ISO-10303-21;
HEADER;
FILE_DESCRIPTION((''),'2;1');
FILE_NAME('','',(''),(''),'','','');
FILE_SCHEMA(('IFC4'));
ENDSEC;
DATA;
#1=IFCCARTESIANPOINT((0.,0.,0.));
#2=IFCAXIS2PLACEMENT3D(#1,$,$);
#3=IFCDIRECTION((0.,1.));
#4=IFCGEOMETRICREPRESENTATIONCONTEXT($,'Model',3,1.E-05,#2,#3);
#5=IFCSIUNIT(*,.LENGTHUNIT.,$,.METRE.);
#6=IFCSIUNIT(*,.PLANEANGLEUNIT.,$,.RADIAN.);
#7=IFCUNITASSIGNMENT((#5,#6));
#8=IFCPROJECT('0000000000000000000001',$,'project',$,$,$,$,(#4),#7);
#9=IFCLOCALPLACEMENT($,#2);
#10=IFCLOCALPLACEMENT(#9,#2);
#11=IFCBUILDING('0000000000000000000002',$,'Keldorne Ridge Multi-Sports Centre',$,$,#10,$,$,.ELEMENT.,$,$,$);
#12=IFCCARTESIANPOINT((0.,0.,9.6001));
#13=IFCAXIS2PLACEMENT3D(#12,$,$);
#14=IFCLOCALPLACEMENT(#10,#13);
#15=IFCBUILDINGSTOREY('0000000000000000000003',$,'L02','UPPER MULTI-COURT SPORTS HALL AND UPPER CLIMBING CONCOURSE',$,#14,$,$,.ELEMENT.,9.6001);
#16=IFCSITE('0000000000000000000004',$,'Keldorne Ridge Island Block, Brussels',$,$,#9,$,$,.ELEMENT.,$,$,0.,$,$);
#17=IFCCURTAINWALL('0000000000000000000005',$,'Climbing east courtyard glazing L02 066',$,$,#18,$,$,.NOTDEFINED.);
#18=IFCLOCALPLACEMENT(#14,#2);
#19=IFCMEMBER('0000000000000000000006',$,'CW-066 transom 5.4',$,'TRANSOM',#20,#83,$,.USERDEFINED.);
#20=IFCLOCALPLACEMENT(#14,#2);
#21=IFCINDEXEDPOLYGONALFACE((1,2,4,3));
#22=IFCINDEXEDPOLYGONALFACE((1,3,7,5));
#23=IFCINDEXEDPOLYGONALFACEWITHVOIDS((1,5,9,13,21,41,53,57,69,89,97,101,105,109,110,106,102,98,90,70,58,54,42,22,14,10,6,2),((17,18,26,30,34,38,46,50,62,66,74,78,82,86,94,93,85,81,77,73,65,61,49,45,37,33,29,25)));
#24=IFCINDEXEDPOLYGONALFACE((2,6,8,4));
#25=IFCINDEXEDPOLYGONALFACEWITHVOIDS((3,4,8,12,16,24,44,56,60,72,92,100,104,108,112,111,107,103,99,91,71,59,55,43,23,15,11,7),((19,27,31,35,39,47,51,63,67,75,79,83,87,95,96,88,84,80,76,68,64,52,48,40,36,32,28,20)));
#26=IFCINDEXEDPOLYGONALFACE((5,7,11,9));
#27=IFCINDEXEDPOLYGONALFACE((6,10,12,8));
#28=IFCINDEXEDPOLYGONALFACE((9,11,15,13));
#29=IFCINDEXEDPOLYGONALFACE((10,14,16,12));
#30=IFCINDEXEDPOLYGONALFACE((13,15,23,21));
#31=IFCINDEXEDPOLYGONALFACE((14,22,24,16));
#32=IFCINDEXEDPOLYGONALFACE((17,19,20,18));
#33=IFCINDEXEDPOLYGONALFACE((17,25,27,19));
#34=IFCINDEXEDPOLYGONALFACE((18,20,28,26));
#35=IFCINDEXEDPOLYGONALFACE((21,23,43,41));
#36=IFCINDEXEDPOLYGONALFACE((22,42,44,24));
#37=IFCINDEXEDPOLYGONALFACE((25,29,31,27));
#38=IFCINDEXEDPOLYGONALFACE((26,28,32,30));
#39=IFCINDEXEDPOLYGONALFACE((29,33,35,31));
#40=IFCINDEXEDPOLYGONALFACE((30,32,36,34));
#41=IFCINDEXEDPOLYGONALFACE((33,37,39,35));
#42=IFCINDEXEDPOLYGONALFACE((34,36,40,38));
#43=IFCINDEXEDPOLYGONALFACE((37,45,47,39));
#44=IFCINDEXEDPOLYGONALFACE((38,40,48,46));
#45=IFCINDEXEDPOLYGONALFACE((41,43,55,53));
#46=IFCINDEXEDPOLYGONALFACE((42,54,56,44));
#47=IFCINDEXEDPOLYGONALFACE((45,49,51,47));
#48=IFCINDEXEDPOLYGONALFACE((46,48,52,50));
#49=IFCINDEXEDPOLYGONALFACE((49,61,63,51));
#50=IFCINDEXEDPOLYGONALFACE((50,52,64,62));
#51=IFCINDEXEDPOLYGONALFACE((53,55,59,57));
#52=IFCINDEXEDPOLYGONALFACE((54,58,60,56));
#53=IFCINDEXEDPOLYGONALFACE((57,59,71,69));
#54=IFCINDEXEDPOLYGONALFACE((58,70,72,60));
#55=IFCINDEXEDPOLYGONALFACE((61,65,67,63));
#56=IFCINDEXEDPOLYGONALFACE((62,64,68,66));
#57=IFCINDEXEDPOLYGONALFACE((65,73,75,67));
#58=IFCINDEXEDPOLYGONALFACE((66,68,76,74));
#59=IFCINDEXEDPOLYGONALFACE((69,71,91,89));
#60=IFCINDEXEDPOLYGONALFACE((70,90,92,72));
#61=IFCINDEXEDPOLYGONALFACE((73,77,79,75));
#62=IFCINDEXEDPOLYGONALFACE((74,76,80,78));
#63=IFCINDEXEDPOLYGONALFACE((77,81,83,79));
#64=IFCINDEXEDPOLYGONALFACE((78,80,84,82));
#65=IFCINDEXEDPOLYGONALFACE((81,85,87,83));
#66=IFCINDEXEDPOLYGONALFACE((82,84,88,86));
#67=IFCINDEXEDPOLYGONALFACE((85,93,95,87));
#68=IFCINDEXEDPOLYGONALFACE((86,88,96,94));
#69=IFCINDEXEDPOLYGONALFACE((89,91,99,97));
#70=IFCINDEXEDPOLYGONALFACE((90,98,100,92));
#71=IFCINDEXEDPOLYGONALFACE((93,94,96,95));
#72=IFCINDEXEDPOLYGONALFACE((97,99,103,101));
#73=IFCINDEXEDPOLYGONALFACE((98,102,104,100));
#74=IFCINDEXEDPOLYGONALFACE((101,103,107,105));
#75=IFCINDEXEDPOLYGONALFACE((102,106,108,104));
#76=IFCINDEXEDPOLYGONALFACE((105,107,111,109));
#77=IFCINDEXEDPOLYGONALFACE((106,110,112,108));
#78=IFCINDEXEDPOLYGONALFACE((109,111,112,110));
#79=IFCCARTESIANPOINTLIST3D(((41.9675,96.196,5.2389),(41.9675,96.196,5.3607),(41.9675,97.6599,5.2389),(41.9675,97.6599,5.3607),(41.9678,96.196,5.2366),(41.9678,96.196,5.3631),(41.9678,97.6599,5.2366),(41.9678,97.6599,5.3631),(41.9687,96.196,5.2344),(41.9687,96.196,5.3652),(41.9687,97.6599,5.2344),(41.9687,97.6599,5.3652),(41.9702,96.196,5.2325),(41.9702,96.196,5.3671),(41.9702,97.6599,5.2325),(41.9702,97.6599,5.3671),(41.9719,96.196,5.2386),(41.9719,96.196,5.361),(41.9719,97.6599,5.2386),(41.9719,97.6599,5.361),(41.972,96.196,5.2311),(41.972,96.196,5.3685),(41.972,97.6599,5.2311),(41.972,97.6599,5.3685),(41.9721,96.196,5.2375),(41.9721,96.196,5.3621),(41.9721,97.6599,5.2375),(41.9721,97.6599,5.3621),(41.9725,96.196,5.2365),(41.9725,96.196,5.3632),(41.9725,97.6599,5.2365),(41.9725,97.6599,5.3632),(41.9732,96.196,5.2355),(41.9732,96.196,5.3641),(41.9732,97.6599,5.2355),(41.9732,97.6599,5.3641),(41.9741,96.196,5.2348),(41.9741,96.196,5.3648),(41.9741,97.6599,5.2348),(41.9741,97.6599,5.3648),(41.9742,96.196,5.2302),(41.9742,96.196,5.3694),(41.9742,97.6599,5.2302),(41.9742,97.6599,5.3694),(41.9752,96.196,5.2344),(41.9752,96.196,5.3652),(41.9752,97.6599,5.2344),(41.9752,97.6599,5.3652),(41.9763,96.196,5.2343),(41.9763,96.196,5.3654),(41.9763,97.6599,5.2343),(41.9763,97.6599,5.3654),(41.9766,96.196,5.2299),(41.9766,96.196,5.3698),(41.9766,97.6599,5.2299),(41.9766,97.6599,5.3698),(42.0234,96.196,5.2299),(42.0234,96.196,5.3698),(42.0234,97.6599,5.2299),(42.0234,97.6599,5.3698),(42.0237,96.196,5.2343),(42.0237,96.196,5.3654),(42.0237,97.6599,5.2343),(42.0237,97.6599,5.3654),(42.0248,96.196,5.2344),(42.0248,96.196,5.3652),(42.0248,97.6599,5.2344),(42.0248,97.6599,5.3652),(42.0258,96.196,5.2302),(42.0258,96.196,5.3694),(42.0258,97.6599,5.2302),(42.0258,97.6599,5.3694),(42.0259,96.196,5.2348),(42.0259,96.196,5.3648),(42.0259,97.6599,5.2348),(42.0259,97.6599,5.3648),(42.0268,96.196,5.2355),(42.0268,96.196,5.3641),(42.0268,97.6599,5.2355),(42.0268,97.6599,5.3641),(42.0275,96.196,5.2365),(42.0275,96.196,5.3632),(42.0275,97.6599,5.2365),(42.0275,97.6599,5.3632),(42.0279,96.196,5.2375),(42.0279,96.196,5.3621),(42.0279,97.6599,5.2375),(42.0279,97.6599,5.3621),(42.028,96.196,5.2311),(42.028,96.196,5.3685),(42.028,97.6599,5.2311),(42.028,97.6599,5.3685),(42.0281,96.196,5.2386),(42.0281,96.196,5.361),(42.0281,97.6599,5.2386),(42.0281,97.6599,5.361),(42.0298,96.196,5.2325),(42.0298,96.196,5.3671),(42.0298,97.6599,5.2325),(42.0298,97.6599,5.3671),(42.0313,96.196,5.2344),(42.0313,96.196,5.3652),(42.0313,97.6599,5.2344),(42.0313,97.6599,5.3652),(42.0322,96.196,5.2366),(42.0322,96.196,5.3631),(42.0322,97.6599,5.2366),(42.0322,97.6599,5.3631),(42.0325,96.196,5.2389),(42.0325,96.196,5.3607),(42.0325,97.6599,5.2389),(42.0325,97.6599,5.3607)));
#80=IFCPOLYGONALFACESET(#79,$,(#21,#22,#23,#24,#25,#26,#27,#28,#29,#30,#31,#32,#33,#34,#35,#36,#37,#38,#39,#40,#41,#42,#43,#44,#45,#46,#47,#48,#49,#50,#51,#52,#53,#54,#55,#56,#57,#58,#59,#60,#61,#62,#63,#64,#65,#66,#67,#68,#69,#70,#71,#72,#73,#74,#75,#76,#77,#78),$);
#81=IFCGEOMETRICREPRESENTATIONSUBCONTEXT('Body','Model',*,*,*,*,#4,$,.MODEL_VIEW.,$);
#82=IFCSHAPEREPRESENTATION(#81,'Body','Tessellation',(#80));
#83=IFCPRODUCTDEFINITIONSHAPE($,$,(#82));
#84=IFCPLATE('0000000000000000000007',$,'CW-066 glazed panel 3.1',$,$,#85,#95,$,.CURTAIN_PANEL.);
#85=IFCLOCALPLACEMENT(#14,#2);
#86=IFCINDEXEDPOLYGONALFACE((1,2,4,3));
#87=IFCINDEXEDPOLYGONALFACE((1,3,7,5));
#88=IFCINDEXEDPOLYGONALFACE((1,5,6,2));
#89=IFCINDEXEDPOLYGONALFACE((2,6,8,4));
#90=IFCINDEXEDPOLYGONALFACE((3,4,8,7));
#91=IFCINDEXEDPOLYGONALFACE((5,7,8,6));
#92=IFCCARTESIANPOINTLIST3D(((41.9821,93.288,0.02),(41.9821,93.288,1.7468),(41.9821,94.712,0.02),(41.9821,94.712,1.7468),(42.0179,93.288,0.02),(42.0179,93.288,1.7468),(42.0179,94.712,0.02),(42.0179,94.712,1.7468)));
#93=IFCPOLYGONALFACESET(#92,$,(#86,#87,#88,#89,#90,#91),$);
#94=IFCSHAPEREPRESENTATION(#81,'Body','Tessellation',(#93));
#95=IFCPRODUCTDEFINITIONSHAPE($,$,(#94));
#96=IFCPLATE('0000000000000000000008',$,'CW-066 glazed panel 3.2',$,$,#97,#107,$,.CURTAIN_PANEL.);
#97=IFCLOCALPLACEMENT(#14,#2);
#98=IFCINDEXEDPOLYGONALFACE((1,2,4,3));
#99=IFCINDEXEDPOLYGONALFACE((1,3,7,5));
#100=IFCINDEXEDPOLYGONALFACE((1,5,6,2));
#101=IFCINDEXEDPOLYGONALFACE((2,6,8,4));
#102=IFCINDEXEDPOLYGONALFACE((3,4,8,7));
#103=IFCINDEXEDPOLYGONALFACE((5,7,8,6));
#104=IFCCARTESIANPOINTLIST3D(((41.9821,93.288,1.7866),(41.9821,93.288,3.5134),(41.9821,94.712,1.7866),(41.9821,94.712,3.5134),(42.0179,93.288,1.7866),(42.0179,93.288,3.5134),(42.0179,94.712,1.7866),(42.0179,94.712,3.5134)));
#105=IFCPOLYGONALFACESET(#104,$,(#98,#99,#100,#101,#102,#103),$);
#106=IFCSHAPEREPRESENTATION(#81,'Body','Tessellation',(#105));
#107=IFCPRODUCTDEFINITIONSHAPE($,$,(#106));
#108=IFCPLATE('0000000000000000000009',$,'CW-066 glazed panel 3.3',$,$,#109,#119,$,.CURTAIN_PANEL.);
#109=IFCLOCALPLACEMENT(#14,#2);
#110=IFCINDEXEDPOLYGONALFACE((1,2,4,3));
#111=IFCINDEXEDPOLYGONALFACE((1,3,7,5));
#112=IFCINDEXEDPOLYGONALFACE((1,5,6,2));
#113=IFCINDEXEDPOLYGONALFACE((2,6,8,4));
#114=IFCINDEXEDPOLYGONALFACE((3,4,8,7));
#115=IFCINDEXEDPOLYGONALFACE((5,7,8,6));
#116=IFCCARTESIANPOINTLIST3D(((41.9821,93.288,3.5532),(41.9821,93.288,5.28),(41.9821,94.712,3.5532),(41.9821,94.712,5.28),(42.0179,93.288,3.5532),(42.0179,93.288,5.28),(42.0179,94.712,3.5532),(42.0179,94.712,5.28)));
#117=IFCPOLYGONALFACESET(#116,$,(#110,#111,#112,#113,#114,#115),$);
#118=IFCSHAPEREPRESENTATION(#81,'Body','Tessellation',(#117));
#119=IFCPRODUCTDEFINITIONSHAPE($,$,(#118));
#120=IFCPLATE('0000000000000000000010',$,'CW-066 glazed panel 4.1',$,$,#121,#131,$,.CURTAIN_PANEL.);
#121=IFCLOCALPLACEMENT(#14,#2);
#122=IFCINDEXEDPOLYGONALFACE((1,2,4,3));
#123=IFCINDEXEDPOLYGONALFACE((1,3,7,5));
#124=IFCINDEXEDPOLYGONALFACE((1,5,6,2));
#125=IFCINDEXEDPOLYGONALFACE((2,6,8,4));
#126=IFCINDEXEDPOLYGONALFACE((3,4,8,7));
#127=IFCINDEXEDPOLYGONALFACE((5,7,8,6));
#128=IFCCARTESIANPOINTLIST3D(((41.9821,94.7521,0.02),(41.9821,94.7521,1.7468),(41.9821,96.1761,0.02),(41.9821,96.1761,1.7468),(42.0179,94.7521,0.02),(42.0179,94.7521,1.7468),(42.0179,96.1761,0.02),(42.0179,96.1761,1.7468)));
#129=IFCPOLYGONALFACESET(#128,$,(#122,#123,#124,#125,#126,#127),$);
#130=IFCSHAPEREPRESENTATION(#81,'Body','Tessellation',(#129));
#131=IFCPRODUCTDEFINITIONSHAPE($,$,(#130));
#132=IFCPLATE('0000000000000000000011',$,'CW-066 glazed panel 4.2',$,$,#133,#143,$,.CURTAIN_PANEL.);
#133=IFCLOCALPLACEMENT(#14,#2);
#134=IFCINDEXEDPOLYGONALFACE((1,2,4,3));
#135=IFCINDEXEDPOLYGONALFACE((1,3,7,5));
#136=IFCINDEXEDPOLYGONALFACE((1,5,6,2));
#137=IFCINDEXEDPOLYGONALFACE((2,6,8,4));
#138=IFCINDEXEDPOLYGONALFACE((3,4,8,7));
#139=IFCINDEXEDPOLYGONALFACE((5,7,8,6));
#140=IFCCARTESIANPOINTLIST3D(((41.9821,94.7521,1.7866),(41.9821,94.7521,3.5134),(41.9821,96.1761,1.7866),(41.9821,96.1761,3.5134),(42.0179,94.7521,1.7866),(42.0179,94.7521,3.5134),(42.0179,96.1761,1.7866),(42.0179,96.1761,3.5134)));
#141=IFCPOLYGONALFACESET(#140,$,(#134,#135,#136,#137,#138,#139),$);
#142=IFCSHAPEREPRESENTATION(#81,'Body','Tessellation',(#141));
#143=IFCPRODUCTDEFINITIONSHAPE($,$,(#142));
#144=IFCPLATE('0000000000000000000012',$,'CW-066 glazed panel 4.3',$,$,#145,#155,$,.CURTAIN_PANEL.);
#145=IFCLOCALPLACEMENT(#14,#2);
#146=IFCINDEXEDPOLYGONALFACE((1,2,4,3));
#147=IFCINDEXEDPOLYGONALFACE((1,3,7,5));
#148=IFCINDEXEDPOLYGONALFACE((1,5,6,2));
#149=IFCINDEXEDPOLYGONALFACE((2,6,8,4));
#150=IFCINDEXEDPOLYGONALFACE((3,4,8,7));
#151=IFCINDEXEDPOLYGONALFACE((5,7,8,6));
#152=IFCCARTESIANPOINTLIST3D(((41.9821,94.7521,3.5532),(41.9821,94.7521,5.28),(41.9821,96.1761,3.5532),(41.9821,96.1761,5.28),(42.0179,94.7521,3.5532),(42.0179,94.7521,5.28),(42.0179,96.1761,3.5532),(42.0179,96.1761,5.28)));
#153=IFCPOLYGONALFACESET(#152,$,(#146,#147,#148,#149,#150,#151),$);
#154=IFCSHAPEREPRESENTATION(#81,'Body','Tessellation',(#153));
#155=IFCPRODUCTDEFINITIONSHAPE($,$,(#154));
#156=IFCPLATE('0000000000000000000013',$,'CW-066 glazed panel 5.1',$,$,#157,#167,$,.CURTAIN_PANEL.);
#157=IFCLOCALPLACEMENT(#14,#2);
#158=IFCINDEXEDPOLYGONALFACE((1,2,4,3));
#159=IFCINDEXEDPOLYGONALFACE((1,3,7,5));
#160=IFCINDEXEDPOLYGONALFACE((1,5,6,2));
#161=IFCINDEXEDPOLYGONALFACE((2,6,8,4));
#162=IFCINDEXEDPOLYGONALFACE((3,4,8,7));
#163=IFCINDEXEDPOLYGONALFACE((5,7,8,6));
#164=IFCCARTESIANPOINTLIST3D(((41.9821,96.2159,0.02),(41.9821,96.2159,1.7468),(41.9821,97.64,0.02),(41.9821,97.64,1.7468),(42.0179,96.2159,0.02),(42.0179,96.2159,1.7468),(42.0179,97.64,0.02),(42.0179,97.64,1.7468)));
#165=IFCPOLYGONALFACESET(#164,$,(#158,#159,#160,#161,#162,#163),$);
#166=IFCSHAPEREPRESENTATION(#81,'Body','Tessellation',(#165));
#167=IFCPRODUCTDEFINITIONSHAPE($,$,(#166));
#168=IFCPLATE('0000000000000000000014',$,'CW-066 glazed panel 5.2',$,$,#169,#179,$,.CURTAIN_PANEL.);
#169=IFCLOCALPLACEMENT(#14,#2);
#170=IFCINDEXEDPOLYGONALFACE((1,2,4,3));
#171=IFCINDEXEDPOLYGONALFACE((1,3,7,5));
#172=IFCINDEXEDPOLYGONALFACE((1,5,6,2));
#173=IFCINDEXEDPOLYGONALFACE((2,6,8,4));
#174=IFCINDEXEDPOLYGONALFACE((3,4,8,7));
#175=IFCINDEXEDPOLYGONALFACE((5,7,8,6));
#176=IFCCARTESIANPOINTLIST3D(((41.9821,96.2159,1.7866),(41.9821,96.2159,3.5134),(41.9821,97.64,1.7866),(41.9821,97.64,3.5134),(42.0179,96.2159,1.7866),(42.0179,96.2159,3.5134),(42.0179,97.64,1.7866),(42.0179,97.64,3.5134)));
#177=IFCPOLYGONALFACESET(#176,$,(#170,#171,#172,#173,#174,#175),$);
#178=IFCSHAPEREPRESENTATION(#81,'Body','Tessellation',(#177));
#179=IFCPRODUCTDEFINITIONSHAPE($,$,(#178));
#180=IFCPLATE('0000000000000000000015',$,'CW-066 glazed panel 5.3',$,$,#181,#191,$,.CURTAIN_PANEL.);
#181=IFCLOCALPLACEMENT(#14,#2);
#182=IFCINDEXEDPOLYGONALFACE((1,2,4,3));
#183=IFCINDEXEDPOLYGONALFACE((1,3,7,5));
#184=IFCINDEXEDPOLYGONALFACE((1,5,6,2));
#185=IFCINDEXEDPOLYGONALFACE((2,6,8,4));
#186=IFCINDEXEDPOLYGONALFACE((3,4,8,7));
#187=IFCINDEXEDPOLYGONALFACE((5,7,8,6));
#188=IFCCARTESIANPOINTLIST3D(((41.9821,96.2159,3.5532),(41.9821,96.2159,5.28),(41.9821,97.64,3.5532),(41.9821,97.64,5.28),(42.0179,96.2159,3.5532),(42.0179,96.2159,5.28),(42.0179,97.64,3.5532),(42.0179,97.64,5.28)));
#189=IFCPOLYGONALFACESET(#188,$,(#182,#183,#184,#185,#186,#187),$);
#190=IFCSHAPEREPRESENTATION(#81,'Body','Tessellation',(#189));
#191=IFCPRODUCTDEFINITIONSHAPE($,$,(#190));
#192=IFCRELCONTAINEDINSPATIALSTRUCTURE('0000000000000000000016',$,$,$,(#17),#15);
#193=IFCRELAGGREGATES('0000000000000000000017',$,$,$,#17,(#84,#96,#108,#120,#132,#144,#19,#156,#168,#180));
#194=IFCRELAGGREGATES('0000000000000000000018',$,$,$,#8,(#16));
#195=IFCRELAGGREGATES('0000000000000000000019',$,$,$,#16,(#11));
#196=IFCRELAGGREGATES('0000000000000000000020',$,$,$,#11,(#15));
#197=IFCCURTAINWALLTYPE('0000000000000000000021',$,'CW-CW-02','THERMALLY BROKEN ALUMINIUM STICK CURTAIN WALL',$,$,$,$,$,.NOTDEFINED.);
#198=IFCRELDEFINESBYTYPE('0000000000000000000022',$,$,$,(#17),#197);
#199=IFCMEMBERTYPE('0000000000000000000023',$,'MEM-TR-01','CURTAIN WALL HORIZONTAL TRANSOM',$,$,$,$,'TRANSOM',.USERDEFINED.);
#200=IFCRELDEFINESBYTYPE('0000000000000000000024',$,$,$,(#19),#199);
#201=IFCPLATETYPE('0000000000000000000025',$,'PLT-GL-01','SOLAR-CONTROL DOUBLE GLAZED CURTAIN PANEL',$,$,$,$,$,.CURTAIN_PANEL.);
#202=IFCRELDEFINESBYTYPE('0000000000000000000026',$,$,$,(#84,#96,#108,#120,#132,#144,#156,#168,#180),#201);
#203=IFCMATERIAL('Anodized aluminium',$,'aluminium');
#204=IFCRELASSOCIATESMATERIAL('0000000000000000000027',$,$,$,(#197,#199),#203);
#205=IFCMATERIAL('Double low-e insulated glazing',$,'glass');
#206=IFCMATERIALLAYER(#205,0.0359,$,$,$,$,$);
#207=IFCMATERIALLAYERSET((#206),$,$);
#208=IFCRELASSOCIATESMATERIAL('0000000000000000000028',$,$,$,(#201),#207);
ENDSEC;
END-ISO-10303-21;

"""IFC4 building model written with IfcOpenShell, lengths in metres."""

from ifc_helpers import new_model, si_unit, direction, frame, origin, origin_2d, place, context, subcontext, project, spatial, rectangle, hollow_rectangle, extrude, material, layer, layer_set, material_profile, profile_set, type_object, element, aggregate, save


model = new_model("IFC4")

# Units and contexts
model_context = context("Model", 3, precision=1e-05, world=origin(), true_north=direction((0.0, 1.0)))
body_context = subcontext(model_context, "Body", "Model", "MODEL_VIEW")
ifc_project = project(units=[si_unit("LENGTHUNIT", "METRE"), si_unit("PLANEANGLEUNIT", "RADIAN")], contexts=[model_context])

# Site, building, storey
site_placement = place(None, origin())
site = spatial("IfcSite", under=ifc_project, at=site_placement, Name="Keldorne Ridge Island Block, Brussels", CompositionType="ELEMENT", RefElevation=0.0)
building_placement = place(site_placement, origin())
building = spatial("IfcBuilding", under=site, at=building_placement, Name="Keldorne Ridge Multi-Sports Centre", CompositionType="ELEMENT")
storey_placement = place(building_placement, frame((0.0, 0.0, 9.6001)))
storey = spatial("IfcBuildingStorey", under=building, at=storey_placement, Name="L02", Description="UPPER MULTI-COURT SPORTS HALL AND UPPER CLIMBING CONCOURSE", CompositionType="ELEMENT", Elevation=9.6001)

# Curtain wall, member, plates
ifc_material_1 = material(Name="Anodized aluminium", Category="aluminium")
curtain_wall_type = type_object("IfcCurtainWallType", Name="CW-CW-02", Description="THERMALLY BROKEN ALUMINIUM STICK CURTAIN WALL", PredefinedType="NOTDEFINED", material=ifc_material_1)
curtain_wall_placement = place(storey_placement, origin())
curtain_wall = element("IfcCurtainWall", 1, at=curtain_wall_placement, inside=storey, type_object=curtain_wall_type, Name="Climbing east courtyard glazing L02 066", PredefinedType="NOTDEFINED")
ifc_material_profile_1 = material_profile(ifc_material_1, hollow_rectangle(XDim=0.0649, YDim=0.1399, WallThickness=0.0044, InnerFilletRadius=0.0044, OuterFilletRadius=0.009, at=origin_2d()), Name="ALU TRANSOM 140x65x4.5")
ifc_profile_set_1 = profile_set([ifc_material_profile_1], Name="Anodized aluminium")
member_type_1 = type_object("IfcMemberType", Name="MEM-TR-01", Description="CURTAIN WALL HORIZONTAL TRANSOM", ElementType="TRANSOM", PredefinedType="USERDEFINED", material=ifc_profile_set_1)
member_1_placement = place(storey_placement, frame((42.0, 96.196, 5.2998), z_axis=(0.0, 1.0, 0.0), x_axis=(-1.0, 0.0, 0.0)))
member_1 = element("IfcMember", 2, at=member_1_placement, type_object=member_type_1, Name="CW-066 transom 5.4", ObjectType="TRANSOM", PredefinedType="USERDEFINED", context=body_context, shape_type="SweptSolid", body=[
    extrude(hollow_rectangle(XDim=0.0649, YDim=0.1399, WallThickness=0.0044, InnerFilletRadius=0.0044, OuterFilletRadius=0.009, at=origin_2d()), origin(), (0.0, 0.0, 1.0), 1.4639),
])
ifc_material_2 = material(Name="Double low-e insulated glazing", Category="glass")
ifc_layer = layer(ifc_material_2, 0.0359)
ifc_layer_set = layer_set([ifc_layer])
plate_type = type_object("IfcPlateType", Name="PLT-GL-01", Description="SOLAR-CONTROL DOUBLE GLAZED CURTAIN PANEL", PredefinedType="CURTAIN_PANEL", material=ifc_layer_set)
plate_1_placement = place(storey_placement, frame((42.0, 94.0, 0.02), z_axis=(0.0, 0.0, 1.0), x_axis=(0.0, 1.0, 0.0)))
plate_1 = element("IfcPlate", 3, at=plate_1_placement, type_object=plate_type, Name="CW-066 glazed panel 3.1", PredefinedType="CURTAIN_PANEL", context=body_context, shape_type="SweptSolid", body=[
    extrude(rectangle(XDim=1.4241, YDim=0.0359, at=origin_2d()), origin(), (0.0, 0.0, 1.0), 1.7268),
])
plate_2_placement = place(storey_placement, frame((42.0, 94.0, 1.7866), z_axis=(0.0, 0.0, 1.0), x_axis=(0.0, 1.0, 0.0)))
plate_2 = element("IfcPlate", 4, at=plate_2_placement, type_object=plate_type, Name="CW-066 glazed panel 3.2", PredefinedType="CURTAIN_PANEL", context=body_context, shape_type="SweptSolid", body=[
    extrude(rectangle(XDim=1.4241, YDim=0.0359, at=origin_2d()), origin(), (0.0, 0.0, 1.0), 1.7268),
])
plate_3_placement = place(storey_placement, frame((42.0, 94.0, 3.5532), z_axis=(0.0, 0.0, 1.0), x_axis=(0.0, 1.0, 0.0)))
plate_3 = element("IfcPlate", 5, at=plate_3_placement, type_object=plate_type, Name="CW-066 glazed panel 3.3", PredefinedType="CURTAIN_PANEL", context=body_context, shape_type="SweptSolid", body=[
    extrude(rectangle(XDim=1.4241, YDim=0.0359, at=origin_2d()), origin(), (0.0, 0.0, 1.0), 1.7268),
])
plate_4_placement = place(storey_placement, frame((42.0, 95.4641, 0.02), z_axis=(0.0, 0.0, 1.0), x_axis=(0.0, 1.0, 0.0)))
plate_4 = element("IfcPlate", 6, at=plate_4_placement, type_object=plate_type, Name="CW-066 glazed panel 4.1", PredefinedType="CURTAIN_PANEL", context=body_context, shape_type="SweptSolid", body=[
    extrude(rectangle(XDim=1.4241, YDim=0.0359, at=origin_2d()), origin(), (0.0, 0.0, 1.0), 1.7268),
])
plate_5_placement = place(storey_placement, frame((42.0, 95.4641, 1.7866), z_axis=(0.0, 0.0, 1.0), x_axis=(0.0, 1.0, 0.0)))
plate_5 = element("IfcPlate", 7, at=plate_5_placement, type_object=plate_type, Name="CW-066 glazed panel 4.2", PredefinedType="CURTAIN_PANEL", context=body_context, shape_type="SweptSolid", body=[
    extrude(rectangle(XDim=1.4241, YDim=0.0359, at=origin_2d()), origin(), (0.0, 0.0, 1.0), 1.7268),
])
plate_6_placement = place(storey_placement, frame((42.0, 95.4641, 3.5532), z_axis=(0.0, 0.0, 1.0), x_axis=(0.0, 1.0, 0.0)))
plate_6 = element("IfcPlate", 8, at=plate_6_placement, type_object=plate_type, Name="CW-066 glazed panel 4.3", PredefinedType="CURTAIN_PANEL", context=body_context, shape_type="SweptSolid", body=[
    extrude(rectangle(XDim=1.4241, YDim=0.0359, at=origin_2d()), origin(), (0.0, 0.0, 1.0), 1.7268),
])
plate_7_placement = place(storey_placement, frame((42.0, 96.928, 0.02), z_axis=(0.0, 0.0, 1.0), x_axis=(0.0, 1.0, 0.0)))
plate_7 = element("IfcPlate", 9, at=plate_7_placement, type_object=plate_type, Name="CW-066 glazed panel 5.1", PredefinedType="CURTAIN_PANEL", context=body_context, shape_type="SweptSolid", body=[
    extrude(rectangle(XDim=1.4241, YDim=0.0359, at=origin_2d()), origin(), (0.0, 0.0, 1.0), 1.7268),
])
plate_8_placement = place(storey_placement, frame((42.0, 96.928, 1.7866), z_axis=(0.0, 0.0, 1.0), x_axis=(0.0, 1.0, 0.0)))
plate_8 = element("IfcPlate", 10, at=plate_8_placement, type_object=plate_type, Name="CW-066 glazed panel 5.2", PredefinedType="CURTAIN_PANEL", context=body_context, shape_type="SweptSolid", body=[
    extrude(rectangle(XDim=1.4241, YDim=0.0359, at=origin_2d()), origin(), (0.0, 0.0, 1.0), 1.7268),
])
plate_9_placement = place(storey_placement, frame((42.0, 96.928, 3.5532), z_axis=(0.0, 0.0, 1.0), x_axis=(0.0, 1.0, 0.0)))
plate_9 = element("IfcPlate", 11, at=plate_9_placement, type_object=plate_type, Name="CW-066 glazed panel 5.3", PredefinedType="CURTAIN_PANEL", context=body_context, shape_type="SweptSolid", body=[
    extrude(rectangle(XDim=1.4241, YDim=0.0359, at=origin_2d()), origin(), (0.0, 0.0, 1.0), 1.7268),
])
aggregate(curtain_wall, [plate_1, plate_2, plate_3, plate_4, plate_5, plate_6, member_1, plate_7, plate_8, plate_9])

save(model, "model.ifc")
